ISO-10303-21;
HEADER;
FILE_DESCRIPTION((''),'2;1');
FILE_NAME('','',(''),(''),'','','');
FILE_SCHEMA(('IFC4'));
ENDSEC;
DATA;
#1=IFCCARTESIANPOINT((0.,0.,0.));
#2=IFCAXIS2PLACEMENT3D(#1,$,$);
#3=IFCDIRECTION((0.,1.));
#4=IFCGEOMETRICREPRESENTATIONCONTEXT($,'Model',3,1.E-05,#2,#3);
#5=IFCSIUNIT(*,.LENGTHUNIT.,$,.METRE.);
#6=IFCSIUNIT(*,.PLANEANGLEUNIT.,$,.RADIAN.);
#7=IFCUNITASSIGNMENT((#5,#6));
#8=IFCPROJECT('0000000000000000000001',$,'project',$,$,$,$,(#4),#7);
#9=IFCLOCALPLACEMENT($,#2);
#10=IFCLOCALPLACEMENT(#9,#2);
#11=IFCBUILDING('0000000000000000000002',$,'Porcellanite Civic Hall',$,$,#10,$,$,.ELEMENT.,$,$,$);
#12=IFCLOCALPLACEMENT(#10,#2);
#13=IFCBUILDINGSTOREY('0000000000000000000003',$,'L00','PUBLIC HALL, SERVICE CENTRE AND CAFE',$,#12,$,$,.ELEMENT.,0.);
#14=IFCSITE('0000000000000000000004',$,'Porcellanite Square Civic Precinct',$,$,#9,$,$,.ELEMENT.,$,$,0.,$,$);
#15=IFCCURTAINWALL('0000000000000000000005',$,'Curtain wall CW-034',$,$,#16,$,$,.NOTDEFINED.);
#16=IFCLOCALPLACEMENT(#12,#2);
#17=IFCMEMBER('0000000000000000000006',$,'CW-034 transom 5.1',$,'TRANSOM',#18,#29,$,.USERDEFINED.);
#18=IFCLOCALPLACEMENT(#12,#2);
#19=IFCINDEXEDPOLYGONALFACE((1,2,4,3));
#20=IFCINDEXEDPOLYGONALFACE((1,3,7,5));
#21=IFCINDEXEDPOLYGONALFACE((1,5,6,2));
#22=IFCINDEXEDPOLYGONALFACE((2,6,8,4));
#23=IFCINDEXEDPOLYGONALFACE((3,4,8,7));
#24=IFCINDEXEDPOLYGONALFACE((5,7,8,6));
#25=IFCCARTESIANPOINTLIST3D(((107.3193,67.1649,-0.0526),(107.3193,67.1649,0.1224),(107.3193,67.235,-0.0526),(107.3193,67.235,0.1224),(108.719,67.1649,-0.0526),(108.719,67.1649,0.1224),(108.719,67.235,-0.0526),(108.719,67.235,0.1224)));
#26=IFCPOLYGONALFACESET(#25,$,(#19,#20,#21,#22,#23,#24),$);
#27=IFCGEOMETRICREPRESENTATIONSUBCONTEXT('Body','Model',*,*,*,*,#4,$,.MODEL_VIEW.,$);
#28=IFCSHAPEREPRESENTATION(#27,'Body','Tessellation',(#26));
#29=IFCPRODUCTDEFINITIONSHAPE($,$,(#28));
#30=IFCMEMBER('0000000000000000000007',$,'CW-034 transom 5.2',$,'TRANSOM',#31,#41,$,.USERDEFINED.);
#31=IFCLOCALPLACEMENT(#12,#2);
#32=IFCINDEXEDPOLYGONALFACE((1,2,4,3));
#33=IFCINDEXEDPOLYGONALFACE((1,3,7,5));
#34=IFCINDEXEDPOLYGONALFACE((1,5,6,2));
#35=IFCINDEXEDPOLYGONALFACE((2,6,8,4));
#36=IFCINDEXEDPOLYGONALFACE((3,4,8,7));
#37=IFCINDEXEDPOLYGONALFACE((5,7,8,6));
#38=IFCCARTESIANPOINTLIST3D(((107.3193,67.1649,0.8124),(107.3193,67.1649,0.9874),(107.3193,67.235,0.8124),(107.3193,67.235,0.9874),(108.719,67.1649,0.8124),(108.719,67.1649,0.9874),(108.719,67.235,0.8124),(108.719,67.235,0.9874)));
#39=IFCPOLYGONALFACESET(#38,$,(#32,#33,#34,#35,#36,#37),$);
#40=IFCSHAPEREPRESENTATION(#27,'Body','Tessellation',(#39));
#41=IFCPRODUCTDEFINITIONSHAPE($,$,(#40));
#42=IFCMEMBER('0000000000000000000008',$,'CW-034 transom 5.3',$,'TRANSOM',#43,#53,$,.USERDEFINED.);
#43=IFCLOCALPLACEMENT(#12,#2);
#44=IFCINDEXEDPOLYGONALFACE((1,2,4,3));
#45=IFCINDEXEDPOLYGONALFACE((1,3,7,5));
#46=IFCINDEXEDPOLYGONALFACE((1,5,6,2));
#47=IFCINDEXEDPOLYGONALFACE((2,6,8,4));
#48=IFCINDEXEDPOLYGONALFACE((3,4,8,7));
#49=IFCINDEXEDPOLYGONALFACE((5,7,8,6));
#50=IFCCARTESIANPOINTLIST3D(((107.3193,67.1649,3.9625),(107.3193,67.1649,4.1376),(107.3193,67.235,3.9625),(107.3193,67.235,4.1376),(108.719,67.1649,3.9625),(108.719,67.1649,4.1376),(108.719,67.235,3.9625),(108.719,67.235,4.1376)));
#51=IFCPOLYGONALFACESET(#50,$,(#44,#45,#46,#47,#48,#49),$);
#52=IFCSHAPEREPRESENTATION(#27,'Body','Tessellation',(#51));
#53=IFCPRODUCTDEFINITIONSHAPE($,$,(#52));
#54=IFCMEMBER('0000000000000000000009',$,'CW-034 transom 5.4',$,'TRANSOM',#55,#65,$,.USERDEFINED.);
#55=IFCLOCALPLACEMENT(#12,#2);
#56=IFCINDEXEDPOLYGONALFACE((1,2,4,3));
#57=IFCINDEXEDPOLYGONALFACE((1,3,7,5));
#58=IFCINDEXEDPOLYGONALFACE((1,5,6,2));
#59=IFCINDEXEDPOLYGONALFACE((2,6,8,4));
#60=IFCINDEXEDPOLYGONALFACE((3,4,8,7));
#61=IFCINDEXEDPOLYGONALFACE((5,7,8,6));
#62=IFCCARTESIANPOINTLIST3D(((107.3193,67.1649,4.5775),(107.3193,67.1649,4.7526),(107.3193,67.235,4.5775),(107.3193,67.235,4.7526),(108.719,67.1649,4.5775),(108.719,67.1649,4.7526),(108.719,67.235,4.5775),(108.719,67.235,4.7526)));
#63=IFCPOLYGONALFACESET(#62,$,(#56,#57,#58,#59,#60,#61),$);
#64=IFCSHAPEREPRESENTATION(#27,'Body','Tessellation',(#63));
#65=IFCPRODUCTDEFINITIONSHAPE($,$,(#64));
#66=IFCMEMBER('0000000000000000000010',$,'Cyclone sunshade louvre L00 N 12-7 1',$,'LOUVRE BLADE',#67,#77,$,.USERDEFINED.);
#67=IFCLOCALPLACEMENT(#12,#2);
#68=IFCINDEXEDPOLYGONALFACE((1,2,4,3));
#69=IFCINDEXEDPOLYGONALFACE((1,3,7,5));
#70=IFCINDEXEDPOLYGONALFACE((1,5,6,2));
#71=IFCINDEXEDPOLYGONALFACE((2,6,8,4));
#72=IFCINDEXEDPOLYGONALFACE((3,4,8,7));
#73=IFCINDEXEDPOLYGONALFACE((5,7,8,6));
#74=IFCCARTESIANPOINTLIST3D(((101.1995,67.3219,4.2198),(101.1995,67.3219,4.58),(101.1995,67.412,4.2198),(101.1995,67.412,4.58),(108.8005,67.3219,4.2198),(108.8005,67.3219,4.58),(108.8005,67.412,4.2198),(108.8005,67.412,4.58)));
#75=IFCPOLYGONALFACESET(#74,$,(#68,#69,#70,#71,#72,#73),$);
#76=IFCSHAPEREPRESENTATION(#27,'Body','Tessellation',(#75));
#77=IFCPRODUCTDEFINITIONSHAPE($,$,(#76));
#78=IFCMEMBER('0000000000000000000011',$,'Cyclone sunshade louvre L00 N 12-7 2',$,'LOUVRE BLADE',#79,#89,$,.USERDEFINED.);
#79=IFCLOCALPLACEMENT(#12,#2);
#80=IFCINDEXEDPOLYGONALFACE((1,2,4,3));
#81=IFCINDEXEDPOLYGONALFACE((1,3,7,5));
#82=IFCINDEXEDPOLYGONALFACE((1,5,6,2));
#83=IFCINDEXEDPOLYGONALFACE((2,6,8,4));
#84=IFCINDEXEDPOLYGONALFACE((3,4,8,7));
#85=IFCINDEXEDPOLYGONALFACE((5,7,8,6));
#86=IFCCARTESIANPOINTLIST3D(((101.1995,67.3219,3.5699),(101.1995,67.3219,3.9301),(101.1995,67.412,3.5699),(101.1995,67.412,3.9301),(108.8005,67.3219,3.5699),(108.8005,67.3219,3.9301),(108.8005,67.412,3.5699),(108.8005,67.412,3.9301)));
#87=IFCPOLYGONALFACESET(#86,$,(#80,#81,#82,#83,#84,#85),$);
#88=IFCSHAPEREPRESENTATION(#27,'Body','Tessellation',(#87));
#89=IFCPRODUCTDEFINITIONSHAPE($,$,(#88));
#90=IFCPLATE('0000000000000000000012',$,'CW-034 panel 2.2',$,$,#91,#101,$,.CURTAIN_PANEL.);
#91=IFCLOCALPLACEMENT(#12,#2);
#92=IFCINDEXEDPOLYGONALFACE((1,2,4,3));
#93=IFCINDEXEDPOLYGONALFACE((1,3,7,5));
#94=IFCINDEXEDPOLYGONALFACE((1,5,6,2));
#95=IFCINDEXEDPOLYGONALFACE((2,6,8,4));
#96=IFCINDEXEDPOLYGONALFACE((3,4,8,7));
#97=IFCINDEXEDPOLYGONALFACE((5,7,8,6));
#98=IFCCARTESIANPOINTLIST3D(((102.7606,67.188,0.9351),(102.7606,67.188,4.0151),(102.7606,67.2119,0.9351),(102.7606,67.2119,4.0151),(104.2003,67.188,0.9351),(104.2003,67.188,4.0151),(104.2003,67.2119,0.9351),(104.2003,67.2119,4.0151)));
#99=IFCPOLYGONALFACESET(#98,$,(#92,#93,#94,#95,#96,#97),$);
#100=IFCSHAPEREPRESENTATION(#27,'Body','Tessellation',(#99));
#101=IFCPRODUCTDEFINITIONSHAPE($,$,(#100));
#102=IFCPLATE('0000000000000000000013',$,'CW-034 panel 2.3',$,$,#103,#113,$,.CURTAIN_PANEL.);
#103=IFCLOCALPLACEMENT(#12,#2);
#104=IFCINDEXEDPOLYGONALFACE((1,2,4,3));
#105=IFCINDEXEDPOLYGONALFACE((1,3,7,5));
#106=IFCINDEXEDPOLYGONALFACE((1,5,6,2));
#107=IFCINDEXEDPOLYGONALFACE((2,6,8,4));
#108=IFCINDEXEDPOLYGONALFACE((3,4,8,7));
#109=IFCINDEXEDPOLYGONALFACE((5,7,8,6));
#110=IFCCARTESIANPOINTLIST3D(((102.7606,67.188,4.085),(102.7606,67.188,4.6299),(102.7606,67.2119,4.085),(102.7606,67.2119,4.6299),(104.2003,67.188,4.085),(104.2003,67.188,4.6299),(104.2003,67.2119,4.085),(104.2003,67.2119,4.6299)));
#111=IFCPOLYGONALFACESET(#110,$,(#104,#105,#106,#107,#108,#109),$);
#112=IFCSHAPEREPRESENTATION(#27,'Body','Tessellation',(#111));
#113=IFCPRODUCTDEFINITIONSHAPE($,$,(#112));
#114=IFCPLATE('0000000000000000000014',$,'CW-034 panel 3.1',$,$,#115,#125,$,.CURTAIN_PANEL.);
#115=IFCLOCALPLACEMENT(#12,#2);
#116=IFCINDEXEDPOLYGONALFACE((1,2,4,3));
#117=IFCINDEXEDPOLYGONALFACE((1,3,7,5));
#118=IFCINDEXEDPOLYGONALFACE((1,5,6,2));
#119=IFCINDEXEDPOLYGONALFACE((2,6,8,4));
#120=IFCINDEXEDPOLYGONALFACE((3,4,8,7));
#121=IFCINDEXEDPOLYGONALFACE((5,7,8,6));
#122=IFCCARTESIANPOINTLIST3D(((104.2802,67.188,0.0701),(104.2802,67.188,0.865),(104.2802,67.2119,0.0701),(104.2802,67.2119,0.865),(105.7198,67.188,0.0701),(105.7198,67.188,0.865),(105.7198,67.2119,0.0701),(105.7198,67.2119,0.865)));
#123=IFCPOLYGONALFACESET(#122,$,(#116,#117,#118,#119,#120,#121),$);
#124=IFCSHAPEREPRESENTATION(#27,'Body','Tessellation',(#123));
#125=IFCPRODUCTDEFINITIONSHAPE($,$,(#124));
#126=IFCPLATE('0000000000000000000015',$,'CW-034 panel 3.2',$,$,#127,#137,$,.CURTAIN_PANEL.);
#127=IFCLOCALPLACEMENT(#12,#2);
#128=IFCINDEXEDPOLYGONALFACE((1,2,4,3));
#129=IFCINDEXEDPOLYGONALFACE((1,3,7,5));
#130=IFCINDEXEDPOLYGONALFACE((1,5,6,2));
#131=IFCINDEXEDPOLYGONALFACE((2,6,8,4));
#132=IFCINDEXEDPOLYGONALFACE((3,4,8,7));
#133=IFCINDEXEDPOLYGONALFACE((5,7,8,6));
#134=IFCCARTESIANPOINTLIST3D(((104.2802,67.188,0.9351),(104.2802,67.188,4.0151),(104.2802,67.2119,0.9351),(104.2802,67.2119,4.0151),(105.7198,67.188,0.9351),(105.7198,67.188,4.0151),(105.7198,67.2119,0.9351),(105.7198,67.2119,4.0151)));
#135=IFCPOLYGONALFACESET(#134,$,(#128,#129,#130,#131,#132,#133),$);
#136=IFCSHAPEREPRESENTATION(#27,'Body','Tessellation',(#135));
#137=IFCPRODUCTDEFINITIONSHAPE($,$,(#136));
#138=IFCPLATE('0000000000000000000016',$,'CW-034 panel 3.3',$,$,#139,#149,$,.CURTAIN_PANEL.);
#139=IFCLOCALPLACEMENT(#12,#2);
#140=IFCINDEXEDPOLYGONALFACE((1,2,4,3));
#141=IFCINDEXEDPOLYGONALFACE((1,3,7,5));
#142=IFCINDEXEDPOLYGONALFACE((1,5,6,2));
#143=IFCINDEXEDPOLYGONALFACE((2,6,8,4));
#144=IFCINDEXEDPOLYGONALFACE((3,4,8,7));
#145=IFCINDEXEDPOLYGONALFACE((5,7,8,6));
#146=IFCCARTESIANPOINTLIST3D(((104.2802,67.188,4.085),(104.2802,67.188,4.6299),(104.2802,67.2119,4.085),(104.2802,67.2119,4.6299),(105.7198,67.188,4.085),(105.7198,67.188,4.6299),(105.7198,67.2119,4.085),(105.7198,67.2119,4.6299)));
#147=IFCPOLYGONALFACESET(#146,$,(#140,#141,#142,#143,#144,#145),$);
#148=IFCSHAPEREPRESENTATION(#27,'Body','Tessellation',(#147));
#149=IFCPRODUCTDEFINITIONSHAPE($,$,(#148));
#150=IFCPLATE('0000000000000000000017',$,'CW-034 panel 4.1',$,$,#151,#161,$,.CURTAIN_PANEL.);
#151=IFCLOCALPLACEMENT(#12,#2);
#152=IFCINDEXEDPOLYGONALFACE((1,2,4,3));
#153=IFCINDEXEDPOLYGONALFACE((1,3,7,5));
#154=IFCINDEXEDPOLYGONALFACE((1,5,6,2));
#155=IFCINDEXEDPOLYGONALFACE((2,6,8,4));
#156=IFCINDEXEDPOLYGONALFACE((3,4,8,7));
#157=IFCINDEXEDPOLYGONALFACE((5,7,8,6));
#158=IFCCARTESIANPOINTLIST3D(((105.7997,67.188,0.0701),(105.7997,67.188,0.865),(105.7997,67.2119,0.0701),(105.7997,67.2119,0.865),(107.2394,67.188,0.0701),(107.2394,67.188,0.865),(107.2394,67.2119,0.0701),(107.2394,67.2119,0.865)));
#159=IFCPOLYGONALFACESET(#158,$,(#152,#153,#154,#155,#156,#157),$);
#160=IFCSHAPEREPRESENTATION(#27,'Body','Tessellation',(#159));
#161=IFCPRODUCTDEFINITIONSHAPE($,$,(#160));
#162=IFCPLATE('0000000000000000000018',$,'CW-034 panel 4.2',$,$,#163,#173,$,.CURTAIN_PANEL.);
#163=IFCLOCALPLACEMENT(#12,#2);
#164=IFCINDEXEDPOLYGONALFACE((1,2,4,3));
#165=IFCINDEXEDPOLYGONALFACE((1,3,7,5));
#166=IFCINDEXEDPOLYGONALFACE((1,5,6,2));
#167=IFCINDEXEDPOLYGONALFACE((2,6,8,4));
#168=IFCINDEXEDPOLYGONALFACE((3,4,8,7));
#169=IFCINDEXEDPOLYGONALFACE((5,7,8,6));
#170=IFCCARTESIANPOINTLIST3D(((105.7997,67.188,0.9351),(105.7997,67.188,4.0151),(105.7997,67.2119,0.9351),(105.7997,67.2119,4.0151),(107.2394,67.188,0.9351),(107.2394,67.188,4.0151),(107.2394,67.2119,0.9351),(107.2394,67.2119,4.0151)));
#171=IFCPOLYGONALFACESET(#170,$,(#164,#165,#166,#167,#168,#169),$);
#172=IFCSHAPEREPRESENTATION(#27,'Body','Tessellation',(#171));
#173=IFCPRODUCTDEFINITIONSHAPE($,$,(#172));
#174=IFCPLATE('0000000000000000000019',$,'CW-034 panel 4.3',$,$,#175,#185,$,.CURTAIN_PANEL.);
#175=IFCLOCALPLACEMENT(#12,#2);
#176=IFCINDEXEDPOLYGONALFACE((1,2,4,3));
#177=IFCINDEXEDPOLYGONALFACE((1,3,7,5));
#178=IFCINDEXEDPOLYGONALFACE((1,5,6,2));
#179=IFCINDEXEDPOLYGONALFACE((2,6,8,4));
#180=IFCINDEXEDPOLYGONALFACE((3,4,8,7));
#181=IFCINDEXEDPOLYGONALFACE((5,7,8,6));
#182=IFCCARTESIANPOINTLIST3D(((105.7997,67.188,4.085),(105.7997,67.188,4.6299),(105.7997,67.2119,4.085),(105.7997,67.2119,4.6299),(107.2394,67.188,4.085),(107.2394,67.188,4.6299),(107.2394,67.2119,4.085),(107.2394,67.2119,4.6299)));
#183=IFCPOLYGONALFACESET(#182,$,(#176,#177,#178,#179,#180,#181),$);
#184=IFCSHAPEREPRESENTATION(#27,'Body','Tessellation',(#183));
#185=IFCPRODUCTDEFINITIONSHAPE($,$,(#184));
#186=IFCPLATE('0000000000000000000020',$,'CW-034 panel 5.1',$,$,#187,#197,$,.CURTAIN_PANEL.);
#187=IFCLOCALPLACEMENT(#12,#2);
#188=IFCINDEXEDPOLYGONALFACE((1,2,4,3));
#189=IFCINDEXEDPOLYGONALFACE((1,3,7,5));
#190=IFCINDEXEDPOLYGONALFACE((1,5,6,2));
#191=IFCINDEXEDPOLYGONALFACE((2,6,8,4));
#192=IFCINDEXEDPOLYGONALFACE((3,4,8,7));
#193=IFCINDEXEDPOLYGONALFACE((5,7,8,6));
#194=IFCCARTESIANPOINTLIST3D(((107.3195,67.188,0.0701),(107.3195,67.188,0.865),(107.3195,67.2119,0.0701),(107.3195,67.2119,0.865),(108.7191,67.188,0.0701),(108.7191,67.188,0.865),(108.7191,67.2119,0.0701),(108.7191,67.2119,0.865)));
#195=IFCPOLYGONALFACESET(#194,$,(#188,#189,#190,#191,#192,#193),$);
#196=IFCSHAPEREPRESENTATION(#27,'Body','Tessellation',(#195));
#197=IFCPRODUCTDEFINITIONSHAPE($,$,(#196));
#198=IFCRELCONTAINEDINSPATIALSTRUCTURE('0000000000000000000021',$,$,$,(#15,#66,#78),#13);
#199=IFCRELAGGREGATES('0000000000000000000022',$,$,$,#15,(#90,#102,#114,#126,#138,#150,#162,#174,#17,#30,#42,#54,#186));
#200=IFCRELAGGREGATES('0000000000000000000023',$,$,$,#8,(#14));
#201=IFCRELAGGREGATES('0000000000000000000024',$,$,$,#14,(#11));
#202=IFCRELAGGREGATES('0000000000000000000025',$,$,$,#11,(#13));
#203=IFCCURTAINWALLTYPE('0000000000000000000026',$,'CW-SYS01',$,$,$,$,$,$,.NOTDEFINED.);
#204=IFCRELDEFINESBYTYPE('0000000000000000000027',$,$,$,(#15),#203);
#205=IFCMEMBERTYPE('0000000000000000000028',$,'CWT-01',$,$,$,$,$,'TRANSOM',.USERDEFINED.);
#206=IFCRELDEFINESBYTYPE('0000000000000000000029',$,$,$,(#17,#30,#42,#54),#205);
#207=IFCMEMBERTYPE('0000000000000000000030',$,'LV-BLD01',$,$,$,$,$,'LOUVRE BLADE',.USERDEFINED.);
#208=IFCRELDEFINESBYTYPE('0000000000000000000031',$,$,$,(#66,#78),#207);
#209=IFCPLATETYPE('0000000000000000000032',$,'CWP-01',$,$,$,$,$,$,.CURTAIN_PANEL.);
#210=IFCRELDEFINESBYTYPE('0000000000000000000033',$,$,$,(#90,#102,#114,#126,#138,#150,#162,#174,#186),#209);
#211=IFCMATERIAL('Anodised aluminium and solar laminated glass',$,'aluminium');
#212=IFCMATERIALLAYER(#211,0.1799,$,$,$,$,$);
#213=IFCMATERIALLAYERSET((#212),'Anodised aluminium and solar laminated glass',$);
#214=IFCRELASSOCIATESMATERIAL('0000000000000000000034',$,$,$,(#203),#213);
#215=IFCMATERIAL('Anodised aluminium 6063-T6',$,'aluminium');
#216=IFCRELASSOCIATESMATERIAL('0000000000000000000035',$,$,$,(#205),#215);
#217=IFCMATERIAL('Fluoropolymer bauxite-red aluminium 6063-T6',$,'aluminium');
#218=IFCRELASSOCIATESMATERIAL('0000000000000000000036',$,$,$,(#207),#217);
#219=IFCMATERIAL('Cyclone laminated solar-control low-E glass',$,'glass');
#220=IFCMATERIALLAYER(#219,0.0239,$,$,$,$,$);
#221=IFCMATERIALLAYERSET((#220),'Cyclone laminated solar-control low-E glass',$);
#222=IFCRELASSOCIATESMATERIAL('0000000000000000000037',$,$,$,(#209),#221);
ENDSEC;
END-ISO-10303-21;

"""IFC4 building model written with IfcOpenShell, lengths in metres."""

from ifc_helpers import new_model, si_unit, direction, frame, origin, origin_2d, place, context, subcontext, project, spatial, rectangle, extrude, material, layer, layer_set, material_profile, profile_set, type_object, element, aggregate, save


model = new_model("IFC4")

# Units and contexts
model_context = context("Model", 3, precision=1e-05, world=origin(), true_north=direction((0.0, 1.0)))
body_context = subcontext(model_context, "Body", "Model", "MODEL_VIEW")
ifc_project = project(units=[si_unit("LENGTHUNIT", "METRE"), si_unit("PLANEANGLEUNIT", "RADIAN")], contexts=[model_context])

# Site, building, storey
site_placement = place(None, origin())
site = spatial("IfcSite", under=ifc_project, at=site_placement, Name="Porcellanite Square Civic Precinct", CompositionType="ELEMENT", RefElevation=0.0)
building_placement = place(site_placement, origin())
building = spatial("IfcBuilding", under=site, at=building_placement, Name="Porcellanite Civic Hall", CompositionType="ELEMENT")
storey_placement = place(building_placement, origin())
storey = spatial("IfcBuildingStorey", under=building, at=storey_placement, Name="L00", Description="PUBLIC HALL, SERVICE CENTRE AND CAFE", CompositionType="ELEMENT", Elevation=0.0)

# Curtain wall, members
ifc_material_1 = material(Name="Anodised aluminium and solar laminated glass", Category="aluminium")
ifc_layer_1 = layer(ifc_material_1, 0.1799)
ifc_layer_set_1 = layer_set([ifc_layer_1], Name="Anodised aluminium and solar laminated glass")
curtain_wall_type = type_object("IfcCurtainWallType", Name="CW-SYS01", PredefinedType="NOTDEFINED", material=ifc_layer_set_1)
curtain_wall_placement = place(storey_placement, origin())
curtain_wall = element("IfcCurtainWall", 1, at=curtain_wall_placement, inside=storey, type_object=curtain_wall_type, Name="Curtain wall CW-034", PredefinedType="NOTDEFINED")
ifc_material_2 = material(Name="Anodised aluminium 6063-T6", Category="aluminium")
ifc_material_profile_1 = material_profile(ifc_material_2, rectangle(XDim=0.0701, YDim=0.175, at=origin_2d()), Name="AL-70x175")
ifc_profile_set_1 = profile_set([ifc_material_profile_1], Name="Anodised aluminium 6063-T6")
member_type_1 = type_object("IfcMemberType", Name="CWT-01", ElementType="TRANSOM", PredefinedType="USERDEFINED", material=ifc_profile_set_1)
member_1_placement = place(storey_placement, frame((107.3193, 67.2, 0.0349), z_axis=(1.0, 0.0, 0.0), x_axis=(0.0, 1.0, 0.0)))
member_1 = element("IfcMember", 2, at=member_1_placement, type_object=member_type_1, Name="CW-034 transom 5.1", ObjectType="TRANSOM", PredefinedType="USERDEFINED", context=body_context, shape_type="SweptSolid", body=[
    extrude(rectangle(XDim=0.0701, YDim=0.175, at=origin_2d()), origin(), (0.0, 0.0, 1.0), 1.3997),
])
member_2_placement = place(storey_placement, frame((107.3193, 67.2, 0.8999), z_axis=(1.0, 0.0, 0.0), x_axis=(0.0, 1.0, 0.0)))
member_2 = element("IfcMember", 3, at=member_2_placement, type_object=member_type_1, Name="CW-034 transom 5.2", ObjectType="TRANSOM", PredefinedType="USERDEFINED", context=body_context, shape_type="SweptSolid", body=[
    extrude(rectangle(XDim=0.0701, YDim=0.175, at=origin_2d()), origin(), (0.0, 0.0, 1.0), 1.3997),
])
member_3_placement = place(storey_placement, frame((107.3193, 67.2, 4.05), z_axis=(1.0, 0.0, 0.0), x_axis=(0.0, 1.0, 0.0)))
member_3 = element("IfcMember", 4, at=member_3_placement, type_object=member_type_1, Name="CW-034 transom 5.3", ObjectType="TRANSOM", PredefinedType="USERDEFINED", context=body_context, shape_type="SweptSolid", body=[
    extrude(rectangle(XDim=0.0701, YDim=0.175, at=origin_2d()), origin(), (0.0, 0.0, 1.0), 1.3997),
])
member_4_placement = place(storey_placement, frame((107.3193, 67.2, 4.665), z_axis=(1.0, 0.0, 0.0), x_axis=(0.0, 1.0, 0.0)))
member_4 = element("IfcMember", 5, at=member_4_placement, type_object=member_type_1, Name="CW-034 transom 5.4", ObjectType="TRANSOM", PredefinedType="USERDEFINED", context=body_context, shape_type="SweptSolid", body=[
    extrude(rectangle(XDim=0.0701, YDim=0.175, at=origin_2d()), origin(), (0.0, 0.0, 1.0), 1.3997),
])

# Members
ifc_material_3 = material(Name="Fluoropolymer bauxite-red aluminium 6063-T6", Category="aluminium")
ifc_material_profile_2 = material_profile(ifc_material_3, rectangle(XDim=0.0901, YDim=0.3601, at=origin_2d()), Name="AL-90x360")
ifc_profile_set_2 = profile_set([ifc_material_profile_2], Name="Fluoropolymer bauxite-red aluminium 6063-T6")
member_type_2 = type_object("IfcMemberType", Name="LV-BLD01", ElementType="LOUVRE BLADE", PredefinedType="USERDEFINED", material=ifc_profile_set_2)
for number, where, z_axis, x_axis, name in (
    (6, (101.1995, 67.3669, 4.3999), (1.0, 0.0, 0.0), (0.0, 1.0, 0.0), "Cyclone sunshade louvre L00 N 12-7 1"),
    (7, (101.1995, 67.3669, 3.75), (1.0, 0.0, 0.0), (0.0, 1.0, 0.0), "Cyclone sunshade louvre L00 N 12-7 2"),
):
    element("IfcMember", number, at=place(storey_placement, frame(where, z_axis=z_axis, x_axis=x_axis)), inside=storey, type_object=member_type_2, Name=name, ObjectType="LOUVRE BLADE", PredefinedType="USERDEFINED", context=body_context, shape_type="SweptSolid", body=[
        extrude(rectangle(XDim=0.0901, YDim=0.3601, at=origin_2d()), origin(), (0.0, 0.0, 1.0), 7.6011),
    ])

# Plates
ifc_material_4 = material(Name="Cyclone laminated solar-control low-E glass", Category="glass")
ifc_layer_2 = layer(ifc_material_4, 0.0239)
ifc_layer_set_2 = layer_set([ifc_layer_2], Name="Cyclone laminated solar-control low-E glass")
plate_type = type_object("IfcPlateType", Name="CWP-01", PredefinedType="CURTAIN_PANEL", material=ifc_layer_set_2)
plate_1_placement = place(storey_placement, frame((103.4805, 67.2, 0.9351), z_axis=(0.0, 0.0, 1.0), x_axis=(1.0, 0.0, 0.0)))
plate_1 = element("IfcPlate", 8, at=plate_1_placement, type_object=plate_type, Name="CW-034 panel 2.2", PredefinedType="CURTAIN_PANEL", context=body_context, shape_type="SweptSolid", body=[
    extrude(rectangle(XDim=1.4397, YDim=0.0239, at=origin_2d()), origin(), (0.0, 0.0, 1.0), 3.0801),
])
plate_2_placement = place(storey_placement, frame((103.4805, 67.2, 4.085), z_axis=(0.0, 0.0, 1.0), x_axis=(1.0, 0.0, 0.0)))
plate_2 = element("IfcPlate", 9, at=plate_2_placement, type_object=plate_type, Name="CW-034 panel 2.3", PredefinedType="CURTAIN_PANEL", context=body_context, shape_type="SweptSolid", body=[
    extrude(rectangle(XDim=1.4397, YDim=0.0239, at=origin_2d()), origin(), (0.0, 0.0, 1.0), 0.5449),
])
plate_3_placement = place(storey_placement, frame((105.0, 67.2, 0.0701), z_axis=(0.0, 0.0, 1.0), x_axis=(1.0, 0.0, 0.0)))
plate_3 = element("IfcPlate", 10, at=plate_3_placement, type_object=plate_type, Name="CW-034 panel 3.1", PredefinedType="CURTAIN_PANEL", context=body_context, shape_type="SweptSolid", body=[
    extrude(rectangle(XDim=1.4397, YDim=0.0239, at=origin_2d()), origin(), (0.0, 0.0, 1.0), 0.7949),
])
plate_4_placement = place(storey_placement, frame((105.0, 67.2, 0.9351), z_axis=(0.0, 0.0, 1.0), x_axis=(1.0, 0.0, 0.0)))
plate_4 = element("IfcPlate", 11, at=plate_4_placement, type_object=plate_type, Name="CW-034 panel 3.2", PredefinedType="CURTAIN_PANEL", context=body_context, shape_type="SweptSolid", body=[
    extrude(rectangle(XDim=1.4397, YDim=0.0239, at=origin_2d()), origin(), (0.0, 0.0, 1.0), 3.0801),
])
plate_5_placement = place(storey_placement, frame((105.0, 67.2, 4.085), z_axis=(0.0, 0.0, 1.0), x_axis=(1.0, 0.0, 0.0)))
plate_5 = element("IfcPlate", 12, at=plate_5_placement, type_object=plate_type, Name="CW-034 panel 3.3", PredefinedType="CURTAIN_PANEL", context=body_context, shape_type="SweptSolid", body=[
    extrude(rectangle(XDim=1.4397, YDim=0.0239, at=origin_2d()), origin(), (0.0, 0.0, 1.0), 0.5449),
])
plate_6_placement = place(storey_placement, frame((106.5195, 67.2, 0.0701), z_axis=(0.0, 0.0, 1.0), x_axis=(1.0, 0.0, 0.0)))
plate_6 = element("IfcPlate", 13, at=plate_6_placement, type_object=plate_type, Name="CW-034 panel 4.1", PredefinedType="CURTAIN_PANEL", context=body_context, shape_type="SweptSolid", body=[
    extrude(rectangle(XDim=1.4397, YDim=0.0239, at=origin_2d()), origin(), (0.0, 0.0, 1.0), 0.7949),
])
plate_7_placement = place(storey_placement, frame((106.5195, 67.2, 0.9351), z_axis=(0.0, 0.0, 1.0), x_axis=(1.0, 0.0, 0.0)))
plate_7 = element("IfcPlate", 14, at=plate_7_placement, type_object=plate_type, Name="CW-034 panel 4.2", PredefinedType="CURTAIN_PANEL", context=body_context, shape_type="SweptSolid", body=[
    extrude(rectangle(XDim=1.4397, YDim=0.0239, at=origin_2d()), origin(), (0.0, 0.0, 1.0), 3.0801),
])
plate_8_placement = place(storey_placement, frame((106.5195, 67.2, 4.085), z_axis=(0.0, 0.0, 1.0), x_axis=(1.0, 0.0, 0.0)))
plate_8 = element("IfcPlate", 15, at=plate_8_placement, type_object=plate_type, Name="CW-034 panel 4.3", PredefinedType="CURTAIN_PANEL", context=body_context, shape_type="SweptSolid", body=[
    extrude(rectangle(XDim=1.4397, YDim=0.0239, at=origin_2d()), origin(), (0.0, 0.0, 1.0), 0.5449),
])
plate_9_placement = place(storey_placement, frame((108.0193, 67.2, 0.0701), z_axis=(0.0, 0.0, 1.0), x_axis=(1.0, 0.0, 0.0)))
plate_9 = element("IfcPlate", 16, at=plate_9_placement, type_object=plate_type, Name="CW-034 panel 5.1", PredefinedType="CURTAIN_PANEL", context=body_context, shape_type="SweptSolid", body=[
    extrude(rectangle(XDim=1.3997, YDim=0.0239, at=origin_2d()), origin(), (0.0, 0.0, 1.0), 0.7949),
])
aggregate(curtain_wall, [plate_1, plate_2, plate_3, plate_4, plate_5, plate_6, plate_7, plate_8, member_1, member_2, member_3, member_4, plate_9])

save(model, "model.ifc")
